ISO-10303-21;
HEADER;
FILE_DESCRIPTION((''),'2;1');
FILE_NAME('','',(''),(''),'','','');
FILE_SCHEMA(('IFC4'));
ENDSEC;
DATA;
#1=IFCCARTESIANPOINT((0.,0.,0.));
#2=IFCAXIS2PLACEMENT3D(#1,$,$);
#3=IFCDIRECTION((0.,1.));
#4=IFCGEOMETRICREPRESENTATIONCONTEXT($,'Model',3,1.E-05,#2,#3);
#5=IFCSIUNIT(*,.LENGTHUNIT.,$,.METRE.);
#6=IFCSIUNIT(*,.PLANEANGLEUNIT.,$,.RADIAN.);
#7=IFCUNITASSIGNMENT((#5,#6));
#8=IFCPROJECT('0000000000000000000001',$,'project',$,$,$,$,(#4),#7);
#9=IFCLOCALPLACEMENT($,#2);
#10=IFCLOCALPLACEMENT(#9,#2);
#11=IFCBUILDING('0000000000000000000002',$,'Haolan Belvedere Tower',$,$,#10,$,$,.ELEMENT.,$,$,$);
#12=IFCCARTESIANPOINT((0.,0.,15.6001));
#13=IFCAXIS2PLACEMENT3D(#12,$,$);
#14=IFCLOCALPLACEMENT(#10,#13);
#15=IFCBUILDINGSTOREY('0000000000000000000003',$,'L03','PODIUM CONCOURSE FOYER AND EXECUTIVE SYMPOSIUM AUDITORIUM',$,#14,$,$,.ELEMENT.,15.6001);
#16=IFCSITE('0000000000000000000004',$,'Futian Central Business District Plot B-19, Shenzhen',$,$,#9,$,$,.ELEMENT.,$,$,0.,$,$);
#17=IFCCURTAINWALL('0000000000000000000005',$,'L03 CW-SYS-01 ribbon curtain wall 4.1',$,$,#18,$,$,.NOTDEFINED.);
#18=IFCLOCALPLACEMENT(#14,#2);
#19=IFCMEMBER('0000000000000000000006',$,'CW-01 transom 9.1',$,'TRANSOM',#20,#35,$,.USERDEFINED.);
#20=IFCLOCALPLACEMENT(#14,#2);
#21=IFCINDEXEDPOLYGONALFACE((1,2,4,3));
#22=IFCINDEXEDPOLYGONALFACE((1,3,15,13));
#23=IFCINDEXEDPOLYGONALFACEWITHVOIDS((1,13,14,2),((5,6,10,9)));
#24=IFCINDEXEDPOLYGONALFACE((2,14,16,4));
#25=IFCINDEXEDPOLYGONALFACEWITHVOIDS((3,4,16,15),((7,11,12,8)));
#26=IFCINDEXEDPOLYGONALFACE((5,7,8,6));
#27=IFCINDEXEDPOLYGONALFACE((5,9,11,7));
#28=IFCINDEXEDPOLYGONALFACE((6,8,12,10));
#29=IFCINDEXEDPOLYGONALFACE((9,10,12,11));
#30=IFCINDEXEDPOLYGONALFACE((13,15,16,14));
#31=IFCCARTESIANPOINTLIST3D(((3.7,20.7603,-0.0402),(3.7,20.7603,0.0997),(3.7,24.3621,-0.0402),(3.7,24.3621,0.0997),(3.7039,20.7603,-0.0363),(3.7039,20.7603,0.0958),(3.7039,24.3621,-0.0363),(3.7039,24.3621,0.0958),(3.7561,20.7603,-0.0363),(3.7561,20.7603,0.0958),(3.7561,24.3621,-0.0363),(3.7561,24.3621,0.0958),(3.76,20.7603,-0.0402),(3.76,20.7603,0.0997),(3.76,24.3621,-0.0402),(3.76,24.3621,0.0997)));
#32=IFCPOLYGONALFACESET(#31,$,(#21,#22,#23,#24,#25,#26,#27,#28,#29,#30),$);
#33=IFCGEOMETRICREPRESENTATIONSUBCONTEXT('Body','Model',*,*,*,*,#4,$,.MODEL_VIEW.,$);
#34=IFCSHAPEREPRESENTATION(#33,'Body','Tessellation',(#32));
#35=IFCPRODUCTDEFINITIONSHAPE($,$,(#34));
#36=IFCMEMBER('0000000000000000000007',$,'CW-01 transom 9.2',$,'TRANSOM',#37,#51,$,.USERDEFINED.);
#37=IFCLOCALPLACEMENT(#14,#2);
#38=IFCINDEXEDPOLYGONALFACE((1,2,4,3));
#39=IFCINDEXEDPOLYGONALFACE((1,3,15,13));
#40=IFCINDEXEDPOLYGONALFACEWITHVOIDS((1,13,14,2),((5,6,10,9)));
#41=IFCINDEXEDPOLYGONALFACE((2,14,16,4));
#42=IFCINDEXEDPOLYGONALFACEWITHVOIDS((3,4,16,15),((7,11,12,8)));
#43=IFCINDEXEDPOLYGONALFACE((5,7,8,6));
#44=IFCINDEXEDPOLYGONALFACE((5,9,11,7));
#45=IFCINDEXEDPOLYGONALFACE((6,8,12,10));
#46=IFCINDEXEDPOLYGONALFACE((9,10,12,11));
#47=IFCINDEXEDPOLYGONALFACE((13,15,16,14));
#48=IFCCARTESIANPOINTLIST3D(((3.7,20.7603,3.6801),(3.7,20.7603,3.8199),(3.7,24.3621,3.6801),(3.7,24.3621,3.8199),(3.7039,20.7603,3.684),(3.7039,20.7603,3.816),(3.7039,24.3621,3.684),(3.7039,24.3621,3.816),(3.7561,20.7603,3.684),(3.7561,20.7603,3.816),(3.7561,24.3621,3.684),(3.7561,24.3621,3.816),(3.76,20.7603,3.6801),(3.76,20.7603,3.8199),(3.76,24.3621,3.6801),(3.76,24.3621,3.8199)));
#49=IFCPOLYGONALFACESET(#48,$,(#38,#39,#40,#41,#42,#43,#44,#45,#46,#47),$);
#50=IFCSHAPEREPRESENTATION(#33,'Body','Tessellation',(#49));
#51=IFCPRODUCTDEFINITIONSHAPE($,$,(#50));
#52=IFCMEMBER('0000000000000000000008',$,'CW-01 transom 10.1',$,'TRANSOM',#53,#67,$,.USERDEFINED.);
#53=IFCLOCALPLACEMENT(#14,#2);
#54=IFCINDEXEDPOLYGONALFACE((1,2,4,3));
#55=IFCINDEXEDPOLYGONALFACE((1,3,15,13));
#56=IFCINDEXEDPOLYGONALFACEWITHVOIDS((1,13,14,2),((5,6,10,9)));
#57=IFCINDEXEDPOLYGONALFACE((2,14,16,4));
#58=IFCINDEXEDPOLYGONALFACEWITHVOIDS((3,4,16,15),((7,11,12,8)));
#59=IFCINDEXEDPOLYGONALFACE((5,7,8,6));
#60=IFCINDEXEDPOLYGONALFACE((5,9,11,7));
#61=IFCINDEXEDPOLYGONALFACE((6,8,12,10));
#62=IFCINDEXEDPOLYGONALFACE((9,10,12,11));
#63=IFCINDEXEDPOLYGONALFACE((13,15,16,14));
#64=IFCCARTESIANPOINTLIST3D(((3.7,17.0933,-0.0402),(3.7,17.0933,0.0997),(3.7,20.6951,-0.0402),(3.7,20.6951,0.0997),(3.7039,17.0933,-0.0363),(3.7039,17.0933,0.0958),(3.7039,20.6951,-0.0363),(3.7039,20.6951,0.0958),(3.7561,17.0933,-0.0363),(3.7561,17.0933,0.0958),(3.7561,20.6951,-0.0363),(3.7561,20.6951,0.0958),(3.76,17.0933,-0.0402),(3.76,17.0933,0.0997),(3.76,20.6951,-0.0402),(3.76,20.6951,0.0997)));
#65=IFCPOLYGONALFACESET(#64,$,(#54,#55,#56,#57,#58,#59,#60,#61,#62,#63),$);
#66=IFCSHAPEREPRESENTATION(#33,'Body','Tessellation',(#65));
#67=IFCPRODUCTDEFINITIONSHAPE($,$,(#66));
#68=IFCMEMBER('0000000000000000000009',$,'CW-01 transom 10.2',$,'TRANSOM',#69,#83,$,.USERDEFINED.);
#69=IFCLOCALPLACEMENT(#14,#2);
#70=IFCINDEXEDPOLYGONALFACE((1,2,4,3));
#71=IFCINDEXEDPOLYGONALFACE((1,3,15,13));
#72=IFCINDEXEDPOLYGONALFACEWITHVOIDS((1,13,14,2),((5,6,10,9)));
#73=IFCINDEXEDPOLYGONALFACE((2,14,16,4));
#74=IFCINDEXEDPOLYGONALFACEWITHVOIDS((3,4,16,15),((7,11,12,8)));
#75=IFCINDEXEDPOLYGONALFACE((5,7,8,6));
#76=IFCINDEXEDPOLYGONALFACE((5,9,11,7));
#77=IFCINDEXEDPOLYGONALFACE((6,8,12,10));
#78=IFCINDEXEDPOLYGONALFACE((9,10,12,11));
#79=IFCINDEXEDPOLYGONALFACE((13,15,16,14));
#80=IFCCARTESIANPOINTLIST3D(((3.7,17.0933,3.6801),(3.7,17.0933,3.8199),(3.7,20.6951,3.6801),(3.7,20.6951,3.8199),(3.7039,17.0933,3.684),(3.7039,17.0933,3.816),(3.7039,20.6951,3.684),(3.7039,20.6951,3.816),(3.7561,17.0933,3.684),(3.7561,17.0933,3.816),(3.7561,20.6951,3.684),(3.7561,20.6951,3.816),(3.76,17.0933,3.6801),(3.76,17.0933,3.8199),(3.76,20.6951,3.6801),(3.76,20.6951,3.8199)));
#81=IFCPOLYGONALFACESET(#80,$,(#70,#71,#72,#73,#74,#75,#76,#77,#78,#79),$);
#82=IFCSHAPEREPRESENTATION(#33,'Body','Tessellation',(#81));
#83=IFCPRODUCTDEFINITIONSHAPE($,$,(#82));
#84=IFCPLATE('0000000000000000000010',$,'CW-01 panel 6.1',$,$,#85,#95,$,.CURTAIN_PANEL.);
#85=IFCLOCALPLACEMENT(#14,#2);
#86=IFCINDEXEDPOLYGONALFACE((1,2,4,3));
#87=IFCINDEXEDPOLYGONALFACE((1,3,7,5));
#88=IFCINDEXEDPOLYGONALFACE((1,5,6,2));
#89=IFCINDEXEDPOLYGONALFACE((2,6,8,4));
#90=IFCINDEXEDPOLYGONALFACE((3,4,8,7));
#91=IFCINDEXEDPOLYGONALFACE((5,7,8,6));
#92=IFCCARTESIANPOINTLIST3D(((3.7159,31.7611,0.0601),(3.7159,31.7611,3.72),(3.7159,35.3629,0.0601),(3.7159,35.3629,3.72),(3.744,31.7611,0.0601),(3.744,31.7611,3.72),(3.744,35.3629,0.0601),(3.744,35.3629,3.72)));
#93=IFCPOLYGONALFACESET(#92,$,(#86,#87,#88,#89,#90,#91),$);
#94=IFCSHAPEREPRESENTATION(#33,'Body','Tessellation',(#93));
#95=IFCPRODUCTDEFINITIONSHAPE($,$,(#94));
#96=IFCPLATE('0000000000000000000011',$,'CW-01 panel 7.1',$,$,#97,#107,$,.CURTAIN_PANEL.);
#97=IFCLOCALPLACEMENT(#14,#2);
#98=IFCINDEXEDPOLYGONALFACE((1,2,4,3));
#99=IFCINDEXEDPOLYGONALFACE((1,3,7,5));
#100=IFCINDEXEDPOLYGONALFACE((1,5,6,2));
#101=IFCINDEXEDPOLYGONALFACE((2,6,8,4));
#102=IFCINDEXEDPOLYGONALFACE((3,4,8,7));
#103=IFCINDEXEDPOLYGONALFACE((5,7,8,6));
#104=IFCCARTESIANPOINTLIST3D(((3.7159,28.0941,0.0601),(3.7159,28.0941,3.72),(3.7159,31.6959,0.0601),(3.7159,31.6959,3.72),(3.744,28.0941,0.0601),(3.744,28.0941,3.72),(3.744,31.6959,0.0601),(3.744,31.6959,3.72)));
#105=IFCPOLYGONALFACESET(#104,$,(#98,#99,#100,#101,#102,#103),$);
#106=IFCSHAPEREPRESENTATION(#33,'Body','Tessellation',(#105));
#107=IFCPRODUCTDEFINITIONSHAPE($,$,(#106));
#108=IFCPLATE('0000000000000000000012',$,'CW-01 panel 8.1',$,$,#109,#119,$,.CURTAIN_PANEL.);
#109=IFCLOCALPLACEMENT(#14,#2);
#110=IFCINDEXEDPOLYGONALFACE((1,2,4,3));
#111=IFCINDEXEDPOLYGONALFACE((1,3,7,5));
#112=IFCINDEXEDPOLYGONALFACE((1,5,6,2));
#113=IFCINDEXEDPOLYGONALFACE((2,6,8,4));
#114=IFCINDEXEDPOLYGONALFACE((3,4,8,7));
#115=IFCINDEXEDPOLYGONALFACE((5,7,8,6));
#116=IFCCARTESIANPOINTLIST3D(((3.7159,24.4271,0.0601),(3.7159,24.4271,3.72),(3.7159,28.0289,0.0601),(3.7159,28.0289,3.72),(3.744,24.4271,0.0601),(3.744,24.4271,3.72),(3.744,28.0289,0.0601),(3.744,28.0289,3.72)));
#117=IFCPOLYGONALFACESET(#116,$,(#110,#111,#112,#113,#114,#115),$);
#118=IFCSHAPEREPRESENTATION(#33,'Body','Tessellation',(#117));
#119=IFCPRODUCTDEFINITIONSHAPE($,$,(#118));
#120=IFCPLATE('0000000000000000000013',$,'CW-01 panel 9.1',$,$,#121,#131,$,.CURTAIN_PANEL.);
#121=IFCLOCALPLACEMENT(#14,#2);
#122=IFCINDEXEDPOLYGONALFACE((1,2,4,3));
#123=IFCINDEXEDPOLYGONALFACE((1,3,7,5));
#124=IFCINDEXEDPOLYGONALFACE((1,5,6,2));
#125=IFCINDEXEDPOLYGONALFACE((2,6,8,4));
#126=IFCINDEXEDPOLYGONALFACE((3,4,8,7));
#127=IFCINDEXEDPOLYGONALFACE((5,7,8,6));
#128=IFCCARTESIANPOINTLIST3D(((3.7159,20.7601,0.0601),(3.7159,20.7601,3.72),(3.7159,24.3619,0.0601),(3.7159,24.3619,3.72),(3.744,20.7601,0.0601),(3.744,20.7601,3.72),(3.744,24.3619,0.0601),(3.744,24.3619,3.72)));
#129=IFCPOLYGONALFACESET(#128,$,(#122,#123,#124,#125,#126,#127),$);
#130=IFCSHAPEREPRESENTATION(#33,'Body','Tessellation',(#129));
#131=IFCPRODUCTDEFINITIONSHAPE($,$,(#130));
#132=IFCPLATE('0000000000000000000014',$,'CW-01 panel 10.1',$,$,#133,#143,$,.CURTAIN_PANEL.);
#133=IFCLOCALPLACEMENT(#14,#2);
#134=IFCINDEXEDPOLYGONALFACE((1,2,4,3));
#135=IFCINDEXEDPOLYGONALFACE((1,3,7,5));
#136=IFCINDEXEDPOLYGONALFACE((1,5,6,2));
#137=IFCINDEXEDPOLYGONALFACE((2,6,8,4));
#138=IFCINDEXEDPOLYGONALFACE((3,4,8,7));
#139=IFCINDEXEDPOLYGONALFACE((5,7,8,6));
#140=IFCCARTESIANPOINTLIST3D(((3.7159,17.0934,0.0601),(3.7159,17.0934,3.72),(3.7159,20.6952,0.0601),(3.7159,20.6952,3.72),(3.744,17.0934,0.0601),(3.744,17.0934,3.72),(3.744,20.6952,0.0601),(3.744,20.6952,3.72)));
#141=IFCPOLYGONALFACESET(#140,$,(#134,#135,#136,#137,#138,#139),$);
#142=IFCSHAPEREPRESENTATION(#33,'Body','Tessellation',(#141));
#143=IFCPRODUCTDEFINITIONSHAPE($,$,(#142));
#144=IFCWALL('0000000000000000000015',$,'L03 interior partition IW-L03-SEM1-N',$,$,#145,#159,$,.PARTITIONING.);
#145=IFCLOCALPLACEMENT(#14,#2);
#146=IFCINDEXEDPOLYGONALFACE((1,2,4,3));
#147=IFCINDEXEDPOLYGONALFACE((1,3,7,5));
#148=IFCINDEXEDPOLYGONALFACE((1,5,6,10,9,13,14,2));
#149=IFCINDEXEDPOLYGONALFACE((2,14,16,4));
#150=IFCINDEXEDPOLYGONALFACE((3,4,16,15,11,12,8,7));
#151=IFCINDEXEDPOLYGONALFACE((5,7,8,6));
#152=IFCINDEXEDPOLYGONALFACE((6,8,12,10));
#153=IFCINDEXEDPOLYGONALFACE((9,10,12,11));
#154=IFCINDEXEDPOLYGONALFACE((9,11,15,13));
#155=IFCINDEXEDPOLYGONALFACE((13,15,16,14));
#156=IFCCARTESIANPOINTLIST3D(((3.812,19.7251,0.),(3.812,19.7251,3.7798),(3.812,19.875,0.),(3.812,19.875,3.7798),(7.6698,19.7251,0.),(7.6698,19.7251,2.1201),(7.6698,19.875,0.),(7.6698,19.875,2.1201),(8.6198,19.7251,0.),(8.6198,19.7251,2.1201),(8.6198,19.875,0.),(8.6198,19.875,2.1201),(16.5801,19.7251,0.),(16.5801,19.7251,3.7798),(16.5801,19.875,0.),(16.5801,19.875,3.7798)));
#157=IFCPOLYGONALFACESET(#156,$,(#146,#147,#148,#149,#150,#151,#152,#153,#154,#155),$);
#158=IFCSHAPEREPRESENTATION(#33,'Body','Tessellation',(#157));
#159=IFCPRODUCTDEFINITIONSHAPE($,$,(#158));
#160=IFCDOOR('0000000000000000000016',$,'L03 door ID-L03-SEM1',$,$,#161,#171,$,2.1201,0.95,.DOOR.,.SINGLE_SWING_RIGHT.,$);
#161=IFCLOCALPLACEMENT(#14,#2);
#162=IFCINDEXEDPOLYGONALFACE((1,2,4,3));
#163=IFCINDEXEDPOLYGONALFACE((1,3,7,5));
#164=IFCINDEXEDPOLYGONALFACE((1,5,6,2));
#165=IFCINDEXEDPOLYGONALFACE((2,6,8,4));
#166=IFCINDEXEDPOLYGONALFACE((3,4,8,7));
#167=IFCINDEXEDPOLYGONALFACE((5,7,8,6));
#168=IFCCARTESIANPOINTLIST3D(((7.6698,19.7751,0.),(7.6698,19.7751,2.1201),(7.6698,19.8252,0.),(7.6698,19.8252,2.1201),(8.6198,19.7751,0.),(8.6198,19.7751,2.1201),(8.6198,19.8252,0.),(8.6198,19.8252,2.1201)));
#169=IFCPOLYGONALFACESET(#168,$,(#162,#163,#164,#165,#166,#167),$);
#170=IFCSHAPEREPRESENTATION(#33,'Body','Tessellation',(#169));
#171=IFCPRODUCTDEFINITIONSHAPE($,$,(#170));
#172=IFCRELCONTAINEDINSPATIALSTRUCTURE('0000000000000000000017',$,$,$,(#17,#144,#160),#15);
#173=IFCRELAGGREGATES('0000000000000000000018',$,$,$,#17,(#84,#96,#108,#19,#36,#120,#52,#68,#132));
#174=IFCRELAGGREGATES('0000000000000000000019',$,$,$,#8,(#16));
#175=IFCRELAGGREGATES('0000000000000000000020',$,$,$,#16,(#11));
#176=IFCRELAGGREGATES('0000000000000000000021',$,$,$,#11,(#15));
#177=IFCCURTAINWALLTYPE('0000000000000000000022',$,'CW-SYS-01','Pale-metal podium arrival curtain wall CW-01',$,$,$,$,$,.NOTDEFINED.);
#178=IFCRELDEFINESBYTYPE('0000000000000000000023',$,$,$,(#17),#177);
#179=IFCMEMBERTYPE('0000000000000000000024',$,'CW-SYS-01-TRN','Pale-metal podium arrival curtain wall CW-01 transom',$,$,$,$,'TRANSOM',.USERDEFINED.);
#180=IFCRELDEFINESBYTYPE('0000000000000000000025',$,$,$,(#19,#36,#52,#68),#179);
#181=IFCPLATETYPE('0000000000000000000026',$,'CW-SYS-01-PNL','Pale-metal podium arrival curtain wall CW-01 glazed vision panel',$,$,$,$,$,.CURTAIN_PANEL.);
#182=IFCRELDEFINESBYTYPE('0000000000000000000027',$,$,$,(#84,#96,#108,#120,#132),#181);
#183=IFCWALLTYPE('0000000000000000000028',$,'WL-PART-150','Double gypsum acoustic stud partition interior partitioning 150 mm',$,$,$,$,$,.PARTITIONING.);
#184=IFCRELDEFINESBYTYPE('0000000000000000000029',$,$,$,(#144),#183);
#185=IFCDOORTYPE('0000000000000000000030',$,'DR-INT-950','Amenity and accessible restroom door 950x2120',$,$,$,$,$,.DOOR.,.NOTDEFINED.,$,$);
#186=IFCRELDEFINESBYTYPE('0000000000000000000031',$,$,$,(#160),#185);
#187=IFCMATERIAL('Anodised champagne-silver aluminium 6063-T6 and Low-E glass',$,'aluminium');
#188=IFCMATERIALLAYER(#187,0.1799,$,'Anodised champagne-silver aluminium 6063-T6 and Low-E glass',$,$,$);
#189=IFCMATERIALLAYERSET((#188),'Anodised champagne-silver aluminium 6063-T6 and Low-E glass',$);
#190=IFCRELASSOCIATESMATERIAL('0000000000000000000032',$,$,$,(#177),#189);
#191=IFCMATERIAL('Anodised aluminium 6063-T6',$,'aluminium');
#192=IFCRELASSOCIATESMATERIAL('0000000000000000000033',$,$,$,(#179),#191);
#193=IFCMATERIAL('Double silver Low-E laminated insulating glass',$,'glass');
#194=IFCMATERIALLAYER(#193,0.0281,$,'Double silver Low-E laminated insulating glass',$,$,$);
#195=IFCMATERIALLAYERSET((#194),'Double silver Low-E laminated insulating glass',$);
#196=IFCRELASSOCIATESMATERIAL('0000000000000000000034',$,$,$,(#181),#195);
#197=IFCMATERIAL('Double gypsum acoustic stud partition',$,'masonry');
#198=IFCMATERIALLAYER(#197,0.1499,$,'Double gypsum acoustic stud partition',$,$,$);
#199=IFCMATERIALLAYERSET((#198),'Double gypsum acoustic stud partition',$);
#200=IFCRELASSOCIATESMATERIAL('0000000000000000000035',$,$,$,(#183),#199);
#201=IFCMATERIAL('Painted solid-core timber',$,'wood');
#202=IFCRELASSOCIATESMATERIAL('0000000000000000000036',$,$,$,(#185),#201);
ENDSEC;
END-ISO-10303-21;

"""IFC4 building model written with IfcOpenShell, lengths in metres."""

from ifc_helpers import new_model, si_unit, direction, frame, frame_2d, origin, origin_2d, place, context, subcontext, project, spatial, rectangle, hollow_rectangle, extrude, material, layer, layer_set, material_profile, profile_set, type_object, element, fill, aggregate, save


model = new_model("IFC4")

# Units and contexts
model_context = context("Model", 3, precision=1e-05, world=origin(), true_north=direction((0.0, 1.0)))
body_context = subcontext(model_context, "Body", "Model", "MODEL_VIEW")
ifc_project = project(units=[si_unit("LENGTHUNIT", "METRE"), si_unit("PLANEANGLEUNIT", "RADIAN")], contexts=[model_context])

# Site, building, storey
site_placement = place(None, origin())
site = spatial("IfcSite", under=ifc_project, at=site_placement, Name="Futian Central Business District Plot B-19, Shenzhen", CompositionType="ELEMENT", RefElevation=0.0)
building_placement = place(site_placement, origin())
building = spatial("IfcBuilding", under=site, at=building_placement, Name="Haolan Belvedere Tower", CompositionType="ELEMENT")
storey_placement = place(building_placement, frame((0.0, 0.0, 15.6001)))
storey = spatial("IfcBuildingStorey", under=building, at=storey_placement, Name="L03", Description="PODIUM CONCOURSE FOYER AND EXECUTIVE SYMPOSIUM AUDITORIUM", CompositionType="ELEMENT", Elevation=15.6001)

# Curtain wall, members, plates
ifc_material_1 = material(Name="Anodised champagne-silver aluminium 6063-T6 and Low-E glass", Category="aluminium")
ifc_layer_1 = layer(ifc_material_1, 0.1799, Name="Anodised champagne-silver aluminium 6063-T6 and Low-E glass")
ifc_layer_set_1 = layer_set([ifc_layer_1], Name="Anodised champagne-silver aluminium 6063-T6 and Low-E glass")
curtain_wall_type = type_object("IfcCurtainWallType", Name="CW-SYS-01", Description="Pale-metal podium arrival curtain wall CW-01", PredefinedType="NOTDEFINED", material=ifc_layer_set_1)
curtain_wall_placement = place(storey_placement, origin())
curtain_wall = element("IfcCurtainWall", 1, at=curtain_wall_placement, inside=storey, type_object=curtain_wall_type, Name="L03 CW-SYS-01 ribbon curtain wall 4.1", PredefinedType="NOTDEFINED")
ifc_material_2 = material(Name="Anodised aluminium 6063-T6", Category="aluminium")
ifc_material_profile_1 = material_profile(ifc_material_2, hollow_rectangle(XDim=0.0601, YDim=0.1399, WallThickness=0.0039, at=origin_2d()), Name="Anodised aluminium 6063-T6")
ifc_profile_set_1 = profile_set([ifc_material_profile_1], Name="Anodised aluminium 6063-T6")
member_type_1 = type_object("IfcMemberType", Name="CW-SYS-01-TRN", Description="Pale-metal podium arrival curtain wall CW-01 transom", ElementType="TRANSOM", PredefinedType="USERDEFINED", material=ifc_profile_set_1)
member_1_placement = place(storey_placement, frame((3.73, 24.3621, 0.0298), z_axis=(0.0, -1.0, 0.0), x_axis=(1.0, 0.0, 0.0)))
member_1 = element("IfcMember", 2, at=member_1_placement, type_object=member_type_1, Name="CW-01 transom 9.1", ObjectType="TRANSOM", PredefinedType="USERDEFINED", context=body_context, shape_type="SweptSolid", body=[
    extrude(hollow_rectangle(XDim=0.0601, YDim=0.1399, WallThickness=0.0039, at=origin_2d()), origin(), (0.0, 0.0, 1.0), 3.6018),
])
member_2_placement = place(storey_placement, frame((3.73, 24.3621, 3.75), z_axis=(0.0, -1.0, 0.0), x_axis=(1.0, 0.0, 0.0)))
member_2 = element("IfcMember", 3, at=member_2_placement, type_object=member_type_1, Name="CW-01 transom 9.2", ObjectType="TRANSOM", PredefinedType="USERDEFINED", context=body_context, shape_type="SweptSolid", body=[
    extrude(hollow_rectangle(XDim=0.0601, YDim=0.1399, WallThickness=0.0039, at=origin_2d()), origin(), (0.0, 0.0, 1.0), 3.6018),
])
member_3_placement = place(storey_placement, frame((3.73, 20.6951, 0.0298), z_axis=(0.0, -1.0, 0.0), x_axis=(1.0, 0.0, 0.0)))
member_3 = element("IfcMember", 4, at=member_3_placement, type_object=member_type_1, Name="CW-01 transom 10.1", ObjectType="TRANSOM", PredefinedType="USERDEFINED", context=body_context, shape_type="SweptSolid", body=[
    extrude(hollow_rectangle(XDim=0.0601, YDim=0.1399, WallThickness=0.0039, at=origin_2d()), origin(), (0.0, 0.0, 1.0), 3.6018),
])
member_4_placement = place(storey_placement, frame((3.73, 20.6951, 3.75), z_axis=(0.0, -1.0, 0.0), x_axis=(1.0, 0.0, 0.0)))
member_4 = element("IfcMember", 5, at=member_4_placement, type_object=member_type_1, Name="CW-01 transom 10.2", ObjectType="TRANSOM", PredefinedType="USERDEFINED", context=body_context, shape_type="SweptSolid", body=[
    extrude(hollow_rectangle(XDim=0.0601, YDim=0.1399, WallThickness=0.0039, at=origin_2d()), origin(), (0.0, 0.0, 1.0), 3.6018),
])
ifc_material_3 = material(Name="Double silver Low-E laminated insulating glass", Category="glass")
ifc_layer_2 = layer(ifc_material_3, 0.0281, Name="Double silver Low-E laminated insulating glass")
ifc_layer_set_2 = layer_set([ifc_layer_2], Name="Double silver Low-E laminated insulating glass")
plate_type = type_object("IfcPlateType", Name="CW-SYS-01-PNL", Description="Pale-metal podium arrival curtain wall CW-01 glazed vision panel", PredefinedType="CURTAIN_PANEL", material=ifc_layer_set_2)
plate_1_placement = place(storey_placement, frame((3.73, 33.562, 0.0601), z_axis=(0.0, 0.0, 1.0), x_axis=(0.0, -1.0, 0.0)))
plate_1 = element("IfcPlate", 6, at=plate_1_placement, type_object=plate_type, Name="CW-01 panel 6.1", PredefinedType="CURTAIN_PANEL", context=body_context, shape_type="SweptSolid", body=[
    extrude(rectangle(XDim=3.6018, YDim=0.0281, at=origin_2d()), origin(), (0.0, 0.0, 1.0), 3.6599),
])
plate_2_placement = place(storey_placement, frame((3.73, 29.895, 0.0601), z_axis=(0.0, 0.0, 1.0), x_axis=(0.0, -1.0, 0.0)))
plate_2 = element("IfcPlate", 7, at=plate_2_placement, type_object=plate_type, Name="CW-01 panel 7.1", PredefinedType="CURTAIN_PANEL", context=body_context, shape_type="SweptSolid", body=[
    extrude(rectangle(XDim=3.6018, YDim=0.0281, at=origin_2d()), origin(), (0.0, 0.0, 1.0), 3.6599),
])
plate_3_placement = place(storey_placement, frame((3.73, 26.228, 0.0601), z_axis=(0.0, 0.0, 1.0), x_axis=(0.0, -1.0, 0.0)))
plate_3 = element("IfcPlate", 8, at=plate_3_placement, type_object=plate_type, Name="CW-01 panel 8.1", PredefinedType="CURTAIN_PANEL", context=body_context, shape_type="SweptSolid", body=[
    extrude(rectangle(XDim=3.6018, YDim=0.0281, at=origin_2d()), origin(), (0.0, 0.0, 1.0), 3.6599),
])
plate_4_placement = place(storey_placement, frame((3.73, 22.561, 0.0601), z_axis=(0.0, 0.0, 1.0), x_axis=(0.0, -1.0, 0.0)))
plate_4 = element("IfcPlate", 9, at=plate_4_placement, type_object=plate_type, Name="CW-01 panel 9.1", PredefinedType="CURTAIN_PANEL", context=body_context, shape_type="SweptSolid", body=[
    extrude(rectangle(XDim=3.6018, YDim=0.0281, at=origin_2d()), origin(), (0.0, 0.0, 1.0), 3.6599),
])
plate_5_placement = place(storey_placement, frame((3.73, 18.8943, 0.0601), z_axis=(0.0, 0.0, 1.0), x_axis=(0.0, -1.0, 0.0)))
plate_5 = element("IfcPlate", 10, at=plate_5_placement, type_object=plate_type, Name="CW-01 panel 10.1", PredefinedType="CURTAIN_PANEL", context=body_context, shape_type="SweptSolid", body=[
    extrude(rectangle(XDim=3.6018, YDim=0.0281, at=origin_2d()), origin(), (0.0, 0.0, 1.0), 3.6599),
])
aggregate(curtain_wall, [plate_1, plate_2, plate_3, member_1, member_2, plate_4, member_3, member_4, plate_5])

# Wall, opening, door
ifc_material_4 = material(Name="Double gypsum acoustic stud partition", Category="masonry")
ifc_layer_3 = layer(ifc_material_4, 0.1499, Name="Double gypsum acoustic stud partition")
ifc_layer_set_3 = layer_set([ifc_layer_3], Name="Double gypsum acoustic stud partition")
wall_type = type_object("IfcWallType", Name="WL-PART-150", Description="Double gypsum acoustic stud partition interior partitioning 150 mm", PredefinedType="PARTITIONING", material=ifc_layer_set_3)
wall_placement = place(storey_placement, frame((3.812, 19.8, 0.0), z_axis=(0.0, 0.0, 1.0), x_axis=(1.0, 0.0, 0.0)))
wall = element("IfcWall", 11, at=wall_placement, inside=storey, type_object=wall_type, Name="L03 interior partition IW-L03-SEM1-N", PredefinedType="PARTITIONING", context=body_context, shape_type="SweptSolid", body=[
    extrude(rectangle(XDim=12.7681, YDim=0.1499, at=frame_2d((6.384, 0.0))), origin(), (0.0, 0.0, 1.0), 3.7798),
])
opening_placement = place(wall_placement, frame((4.8079, 0.0, 0.0), z_axis=(0.0, 0.0, 1.0), x_axis=(-1.0, 0.0, 0.0)))
opening = element("IfcOpeningElement", 12, at=opening_placement, cuts=wall, PredefinedType="OPENING", context=body_context, shape_type="SweptSolid", body=[
    extrude(rectangle(XDim=0.95, YDim=2.1201, at=frame_2d((0.4751, 1.0601))), frame((0.0, 0.085, 0.0), z_axis=(0.0, -1.0, 0.0), x_axis=(1.0, 0.0, 0.0)), (0.0, 0.0, 1.0), 0.1699),
])
ifc_material_5 = material(Name="Painted solid-core timber", Category="wood")
door_type = type_object("IfcDoorType", Name="DR-INT-950", Description="Amenity and accessible restroom door 950x2120", OperationType="NOTDEFINED", PredefinedType="DOOR", material=ifc_material_5)
door_placement = place(opening_placement, origin())
door = element("IfcDoor", 13, at=door_placement, inside=storey, type_object=door_type, Name="L03 door ID-L03-SEM1", OperationType="SINGLE_SWING_RIGHT", OverallHeight=2.1201, OverallWidth=0.95, PredefinedType="DOOR", context=body_context, shape_type="SweptSolid", body=[
    extrude(rectangle(XDim=0.95, YDim=2.1201, at=frame_2d((0.4751, 1.0601))), frame((0.0, 0.0249, 0.0), z_axis=(0.0, -1.0, 0.0), x_axis=(1.0, 0.0, 0.0)), (0.0, 0.0, 1.0), 0.05),
])
fill(opening, door)

save(model, "model.ifc")
